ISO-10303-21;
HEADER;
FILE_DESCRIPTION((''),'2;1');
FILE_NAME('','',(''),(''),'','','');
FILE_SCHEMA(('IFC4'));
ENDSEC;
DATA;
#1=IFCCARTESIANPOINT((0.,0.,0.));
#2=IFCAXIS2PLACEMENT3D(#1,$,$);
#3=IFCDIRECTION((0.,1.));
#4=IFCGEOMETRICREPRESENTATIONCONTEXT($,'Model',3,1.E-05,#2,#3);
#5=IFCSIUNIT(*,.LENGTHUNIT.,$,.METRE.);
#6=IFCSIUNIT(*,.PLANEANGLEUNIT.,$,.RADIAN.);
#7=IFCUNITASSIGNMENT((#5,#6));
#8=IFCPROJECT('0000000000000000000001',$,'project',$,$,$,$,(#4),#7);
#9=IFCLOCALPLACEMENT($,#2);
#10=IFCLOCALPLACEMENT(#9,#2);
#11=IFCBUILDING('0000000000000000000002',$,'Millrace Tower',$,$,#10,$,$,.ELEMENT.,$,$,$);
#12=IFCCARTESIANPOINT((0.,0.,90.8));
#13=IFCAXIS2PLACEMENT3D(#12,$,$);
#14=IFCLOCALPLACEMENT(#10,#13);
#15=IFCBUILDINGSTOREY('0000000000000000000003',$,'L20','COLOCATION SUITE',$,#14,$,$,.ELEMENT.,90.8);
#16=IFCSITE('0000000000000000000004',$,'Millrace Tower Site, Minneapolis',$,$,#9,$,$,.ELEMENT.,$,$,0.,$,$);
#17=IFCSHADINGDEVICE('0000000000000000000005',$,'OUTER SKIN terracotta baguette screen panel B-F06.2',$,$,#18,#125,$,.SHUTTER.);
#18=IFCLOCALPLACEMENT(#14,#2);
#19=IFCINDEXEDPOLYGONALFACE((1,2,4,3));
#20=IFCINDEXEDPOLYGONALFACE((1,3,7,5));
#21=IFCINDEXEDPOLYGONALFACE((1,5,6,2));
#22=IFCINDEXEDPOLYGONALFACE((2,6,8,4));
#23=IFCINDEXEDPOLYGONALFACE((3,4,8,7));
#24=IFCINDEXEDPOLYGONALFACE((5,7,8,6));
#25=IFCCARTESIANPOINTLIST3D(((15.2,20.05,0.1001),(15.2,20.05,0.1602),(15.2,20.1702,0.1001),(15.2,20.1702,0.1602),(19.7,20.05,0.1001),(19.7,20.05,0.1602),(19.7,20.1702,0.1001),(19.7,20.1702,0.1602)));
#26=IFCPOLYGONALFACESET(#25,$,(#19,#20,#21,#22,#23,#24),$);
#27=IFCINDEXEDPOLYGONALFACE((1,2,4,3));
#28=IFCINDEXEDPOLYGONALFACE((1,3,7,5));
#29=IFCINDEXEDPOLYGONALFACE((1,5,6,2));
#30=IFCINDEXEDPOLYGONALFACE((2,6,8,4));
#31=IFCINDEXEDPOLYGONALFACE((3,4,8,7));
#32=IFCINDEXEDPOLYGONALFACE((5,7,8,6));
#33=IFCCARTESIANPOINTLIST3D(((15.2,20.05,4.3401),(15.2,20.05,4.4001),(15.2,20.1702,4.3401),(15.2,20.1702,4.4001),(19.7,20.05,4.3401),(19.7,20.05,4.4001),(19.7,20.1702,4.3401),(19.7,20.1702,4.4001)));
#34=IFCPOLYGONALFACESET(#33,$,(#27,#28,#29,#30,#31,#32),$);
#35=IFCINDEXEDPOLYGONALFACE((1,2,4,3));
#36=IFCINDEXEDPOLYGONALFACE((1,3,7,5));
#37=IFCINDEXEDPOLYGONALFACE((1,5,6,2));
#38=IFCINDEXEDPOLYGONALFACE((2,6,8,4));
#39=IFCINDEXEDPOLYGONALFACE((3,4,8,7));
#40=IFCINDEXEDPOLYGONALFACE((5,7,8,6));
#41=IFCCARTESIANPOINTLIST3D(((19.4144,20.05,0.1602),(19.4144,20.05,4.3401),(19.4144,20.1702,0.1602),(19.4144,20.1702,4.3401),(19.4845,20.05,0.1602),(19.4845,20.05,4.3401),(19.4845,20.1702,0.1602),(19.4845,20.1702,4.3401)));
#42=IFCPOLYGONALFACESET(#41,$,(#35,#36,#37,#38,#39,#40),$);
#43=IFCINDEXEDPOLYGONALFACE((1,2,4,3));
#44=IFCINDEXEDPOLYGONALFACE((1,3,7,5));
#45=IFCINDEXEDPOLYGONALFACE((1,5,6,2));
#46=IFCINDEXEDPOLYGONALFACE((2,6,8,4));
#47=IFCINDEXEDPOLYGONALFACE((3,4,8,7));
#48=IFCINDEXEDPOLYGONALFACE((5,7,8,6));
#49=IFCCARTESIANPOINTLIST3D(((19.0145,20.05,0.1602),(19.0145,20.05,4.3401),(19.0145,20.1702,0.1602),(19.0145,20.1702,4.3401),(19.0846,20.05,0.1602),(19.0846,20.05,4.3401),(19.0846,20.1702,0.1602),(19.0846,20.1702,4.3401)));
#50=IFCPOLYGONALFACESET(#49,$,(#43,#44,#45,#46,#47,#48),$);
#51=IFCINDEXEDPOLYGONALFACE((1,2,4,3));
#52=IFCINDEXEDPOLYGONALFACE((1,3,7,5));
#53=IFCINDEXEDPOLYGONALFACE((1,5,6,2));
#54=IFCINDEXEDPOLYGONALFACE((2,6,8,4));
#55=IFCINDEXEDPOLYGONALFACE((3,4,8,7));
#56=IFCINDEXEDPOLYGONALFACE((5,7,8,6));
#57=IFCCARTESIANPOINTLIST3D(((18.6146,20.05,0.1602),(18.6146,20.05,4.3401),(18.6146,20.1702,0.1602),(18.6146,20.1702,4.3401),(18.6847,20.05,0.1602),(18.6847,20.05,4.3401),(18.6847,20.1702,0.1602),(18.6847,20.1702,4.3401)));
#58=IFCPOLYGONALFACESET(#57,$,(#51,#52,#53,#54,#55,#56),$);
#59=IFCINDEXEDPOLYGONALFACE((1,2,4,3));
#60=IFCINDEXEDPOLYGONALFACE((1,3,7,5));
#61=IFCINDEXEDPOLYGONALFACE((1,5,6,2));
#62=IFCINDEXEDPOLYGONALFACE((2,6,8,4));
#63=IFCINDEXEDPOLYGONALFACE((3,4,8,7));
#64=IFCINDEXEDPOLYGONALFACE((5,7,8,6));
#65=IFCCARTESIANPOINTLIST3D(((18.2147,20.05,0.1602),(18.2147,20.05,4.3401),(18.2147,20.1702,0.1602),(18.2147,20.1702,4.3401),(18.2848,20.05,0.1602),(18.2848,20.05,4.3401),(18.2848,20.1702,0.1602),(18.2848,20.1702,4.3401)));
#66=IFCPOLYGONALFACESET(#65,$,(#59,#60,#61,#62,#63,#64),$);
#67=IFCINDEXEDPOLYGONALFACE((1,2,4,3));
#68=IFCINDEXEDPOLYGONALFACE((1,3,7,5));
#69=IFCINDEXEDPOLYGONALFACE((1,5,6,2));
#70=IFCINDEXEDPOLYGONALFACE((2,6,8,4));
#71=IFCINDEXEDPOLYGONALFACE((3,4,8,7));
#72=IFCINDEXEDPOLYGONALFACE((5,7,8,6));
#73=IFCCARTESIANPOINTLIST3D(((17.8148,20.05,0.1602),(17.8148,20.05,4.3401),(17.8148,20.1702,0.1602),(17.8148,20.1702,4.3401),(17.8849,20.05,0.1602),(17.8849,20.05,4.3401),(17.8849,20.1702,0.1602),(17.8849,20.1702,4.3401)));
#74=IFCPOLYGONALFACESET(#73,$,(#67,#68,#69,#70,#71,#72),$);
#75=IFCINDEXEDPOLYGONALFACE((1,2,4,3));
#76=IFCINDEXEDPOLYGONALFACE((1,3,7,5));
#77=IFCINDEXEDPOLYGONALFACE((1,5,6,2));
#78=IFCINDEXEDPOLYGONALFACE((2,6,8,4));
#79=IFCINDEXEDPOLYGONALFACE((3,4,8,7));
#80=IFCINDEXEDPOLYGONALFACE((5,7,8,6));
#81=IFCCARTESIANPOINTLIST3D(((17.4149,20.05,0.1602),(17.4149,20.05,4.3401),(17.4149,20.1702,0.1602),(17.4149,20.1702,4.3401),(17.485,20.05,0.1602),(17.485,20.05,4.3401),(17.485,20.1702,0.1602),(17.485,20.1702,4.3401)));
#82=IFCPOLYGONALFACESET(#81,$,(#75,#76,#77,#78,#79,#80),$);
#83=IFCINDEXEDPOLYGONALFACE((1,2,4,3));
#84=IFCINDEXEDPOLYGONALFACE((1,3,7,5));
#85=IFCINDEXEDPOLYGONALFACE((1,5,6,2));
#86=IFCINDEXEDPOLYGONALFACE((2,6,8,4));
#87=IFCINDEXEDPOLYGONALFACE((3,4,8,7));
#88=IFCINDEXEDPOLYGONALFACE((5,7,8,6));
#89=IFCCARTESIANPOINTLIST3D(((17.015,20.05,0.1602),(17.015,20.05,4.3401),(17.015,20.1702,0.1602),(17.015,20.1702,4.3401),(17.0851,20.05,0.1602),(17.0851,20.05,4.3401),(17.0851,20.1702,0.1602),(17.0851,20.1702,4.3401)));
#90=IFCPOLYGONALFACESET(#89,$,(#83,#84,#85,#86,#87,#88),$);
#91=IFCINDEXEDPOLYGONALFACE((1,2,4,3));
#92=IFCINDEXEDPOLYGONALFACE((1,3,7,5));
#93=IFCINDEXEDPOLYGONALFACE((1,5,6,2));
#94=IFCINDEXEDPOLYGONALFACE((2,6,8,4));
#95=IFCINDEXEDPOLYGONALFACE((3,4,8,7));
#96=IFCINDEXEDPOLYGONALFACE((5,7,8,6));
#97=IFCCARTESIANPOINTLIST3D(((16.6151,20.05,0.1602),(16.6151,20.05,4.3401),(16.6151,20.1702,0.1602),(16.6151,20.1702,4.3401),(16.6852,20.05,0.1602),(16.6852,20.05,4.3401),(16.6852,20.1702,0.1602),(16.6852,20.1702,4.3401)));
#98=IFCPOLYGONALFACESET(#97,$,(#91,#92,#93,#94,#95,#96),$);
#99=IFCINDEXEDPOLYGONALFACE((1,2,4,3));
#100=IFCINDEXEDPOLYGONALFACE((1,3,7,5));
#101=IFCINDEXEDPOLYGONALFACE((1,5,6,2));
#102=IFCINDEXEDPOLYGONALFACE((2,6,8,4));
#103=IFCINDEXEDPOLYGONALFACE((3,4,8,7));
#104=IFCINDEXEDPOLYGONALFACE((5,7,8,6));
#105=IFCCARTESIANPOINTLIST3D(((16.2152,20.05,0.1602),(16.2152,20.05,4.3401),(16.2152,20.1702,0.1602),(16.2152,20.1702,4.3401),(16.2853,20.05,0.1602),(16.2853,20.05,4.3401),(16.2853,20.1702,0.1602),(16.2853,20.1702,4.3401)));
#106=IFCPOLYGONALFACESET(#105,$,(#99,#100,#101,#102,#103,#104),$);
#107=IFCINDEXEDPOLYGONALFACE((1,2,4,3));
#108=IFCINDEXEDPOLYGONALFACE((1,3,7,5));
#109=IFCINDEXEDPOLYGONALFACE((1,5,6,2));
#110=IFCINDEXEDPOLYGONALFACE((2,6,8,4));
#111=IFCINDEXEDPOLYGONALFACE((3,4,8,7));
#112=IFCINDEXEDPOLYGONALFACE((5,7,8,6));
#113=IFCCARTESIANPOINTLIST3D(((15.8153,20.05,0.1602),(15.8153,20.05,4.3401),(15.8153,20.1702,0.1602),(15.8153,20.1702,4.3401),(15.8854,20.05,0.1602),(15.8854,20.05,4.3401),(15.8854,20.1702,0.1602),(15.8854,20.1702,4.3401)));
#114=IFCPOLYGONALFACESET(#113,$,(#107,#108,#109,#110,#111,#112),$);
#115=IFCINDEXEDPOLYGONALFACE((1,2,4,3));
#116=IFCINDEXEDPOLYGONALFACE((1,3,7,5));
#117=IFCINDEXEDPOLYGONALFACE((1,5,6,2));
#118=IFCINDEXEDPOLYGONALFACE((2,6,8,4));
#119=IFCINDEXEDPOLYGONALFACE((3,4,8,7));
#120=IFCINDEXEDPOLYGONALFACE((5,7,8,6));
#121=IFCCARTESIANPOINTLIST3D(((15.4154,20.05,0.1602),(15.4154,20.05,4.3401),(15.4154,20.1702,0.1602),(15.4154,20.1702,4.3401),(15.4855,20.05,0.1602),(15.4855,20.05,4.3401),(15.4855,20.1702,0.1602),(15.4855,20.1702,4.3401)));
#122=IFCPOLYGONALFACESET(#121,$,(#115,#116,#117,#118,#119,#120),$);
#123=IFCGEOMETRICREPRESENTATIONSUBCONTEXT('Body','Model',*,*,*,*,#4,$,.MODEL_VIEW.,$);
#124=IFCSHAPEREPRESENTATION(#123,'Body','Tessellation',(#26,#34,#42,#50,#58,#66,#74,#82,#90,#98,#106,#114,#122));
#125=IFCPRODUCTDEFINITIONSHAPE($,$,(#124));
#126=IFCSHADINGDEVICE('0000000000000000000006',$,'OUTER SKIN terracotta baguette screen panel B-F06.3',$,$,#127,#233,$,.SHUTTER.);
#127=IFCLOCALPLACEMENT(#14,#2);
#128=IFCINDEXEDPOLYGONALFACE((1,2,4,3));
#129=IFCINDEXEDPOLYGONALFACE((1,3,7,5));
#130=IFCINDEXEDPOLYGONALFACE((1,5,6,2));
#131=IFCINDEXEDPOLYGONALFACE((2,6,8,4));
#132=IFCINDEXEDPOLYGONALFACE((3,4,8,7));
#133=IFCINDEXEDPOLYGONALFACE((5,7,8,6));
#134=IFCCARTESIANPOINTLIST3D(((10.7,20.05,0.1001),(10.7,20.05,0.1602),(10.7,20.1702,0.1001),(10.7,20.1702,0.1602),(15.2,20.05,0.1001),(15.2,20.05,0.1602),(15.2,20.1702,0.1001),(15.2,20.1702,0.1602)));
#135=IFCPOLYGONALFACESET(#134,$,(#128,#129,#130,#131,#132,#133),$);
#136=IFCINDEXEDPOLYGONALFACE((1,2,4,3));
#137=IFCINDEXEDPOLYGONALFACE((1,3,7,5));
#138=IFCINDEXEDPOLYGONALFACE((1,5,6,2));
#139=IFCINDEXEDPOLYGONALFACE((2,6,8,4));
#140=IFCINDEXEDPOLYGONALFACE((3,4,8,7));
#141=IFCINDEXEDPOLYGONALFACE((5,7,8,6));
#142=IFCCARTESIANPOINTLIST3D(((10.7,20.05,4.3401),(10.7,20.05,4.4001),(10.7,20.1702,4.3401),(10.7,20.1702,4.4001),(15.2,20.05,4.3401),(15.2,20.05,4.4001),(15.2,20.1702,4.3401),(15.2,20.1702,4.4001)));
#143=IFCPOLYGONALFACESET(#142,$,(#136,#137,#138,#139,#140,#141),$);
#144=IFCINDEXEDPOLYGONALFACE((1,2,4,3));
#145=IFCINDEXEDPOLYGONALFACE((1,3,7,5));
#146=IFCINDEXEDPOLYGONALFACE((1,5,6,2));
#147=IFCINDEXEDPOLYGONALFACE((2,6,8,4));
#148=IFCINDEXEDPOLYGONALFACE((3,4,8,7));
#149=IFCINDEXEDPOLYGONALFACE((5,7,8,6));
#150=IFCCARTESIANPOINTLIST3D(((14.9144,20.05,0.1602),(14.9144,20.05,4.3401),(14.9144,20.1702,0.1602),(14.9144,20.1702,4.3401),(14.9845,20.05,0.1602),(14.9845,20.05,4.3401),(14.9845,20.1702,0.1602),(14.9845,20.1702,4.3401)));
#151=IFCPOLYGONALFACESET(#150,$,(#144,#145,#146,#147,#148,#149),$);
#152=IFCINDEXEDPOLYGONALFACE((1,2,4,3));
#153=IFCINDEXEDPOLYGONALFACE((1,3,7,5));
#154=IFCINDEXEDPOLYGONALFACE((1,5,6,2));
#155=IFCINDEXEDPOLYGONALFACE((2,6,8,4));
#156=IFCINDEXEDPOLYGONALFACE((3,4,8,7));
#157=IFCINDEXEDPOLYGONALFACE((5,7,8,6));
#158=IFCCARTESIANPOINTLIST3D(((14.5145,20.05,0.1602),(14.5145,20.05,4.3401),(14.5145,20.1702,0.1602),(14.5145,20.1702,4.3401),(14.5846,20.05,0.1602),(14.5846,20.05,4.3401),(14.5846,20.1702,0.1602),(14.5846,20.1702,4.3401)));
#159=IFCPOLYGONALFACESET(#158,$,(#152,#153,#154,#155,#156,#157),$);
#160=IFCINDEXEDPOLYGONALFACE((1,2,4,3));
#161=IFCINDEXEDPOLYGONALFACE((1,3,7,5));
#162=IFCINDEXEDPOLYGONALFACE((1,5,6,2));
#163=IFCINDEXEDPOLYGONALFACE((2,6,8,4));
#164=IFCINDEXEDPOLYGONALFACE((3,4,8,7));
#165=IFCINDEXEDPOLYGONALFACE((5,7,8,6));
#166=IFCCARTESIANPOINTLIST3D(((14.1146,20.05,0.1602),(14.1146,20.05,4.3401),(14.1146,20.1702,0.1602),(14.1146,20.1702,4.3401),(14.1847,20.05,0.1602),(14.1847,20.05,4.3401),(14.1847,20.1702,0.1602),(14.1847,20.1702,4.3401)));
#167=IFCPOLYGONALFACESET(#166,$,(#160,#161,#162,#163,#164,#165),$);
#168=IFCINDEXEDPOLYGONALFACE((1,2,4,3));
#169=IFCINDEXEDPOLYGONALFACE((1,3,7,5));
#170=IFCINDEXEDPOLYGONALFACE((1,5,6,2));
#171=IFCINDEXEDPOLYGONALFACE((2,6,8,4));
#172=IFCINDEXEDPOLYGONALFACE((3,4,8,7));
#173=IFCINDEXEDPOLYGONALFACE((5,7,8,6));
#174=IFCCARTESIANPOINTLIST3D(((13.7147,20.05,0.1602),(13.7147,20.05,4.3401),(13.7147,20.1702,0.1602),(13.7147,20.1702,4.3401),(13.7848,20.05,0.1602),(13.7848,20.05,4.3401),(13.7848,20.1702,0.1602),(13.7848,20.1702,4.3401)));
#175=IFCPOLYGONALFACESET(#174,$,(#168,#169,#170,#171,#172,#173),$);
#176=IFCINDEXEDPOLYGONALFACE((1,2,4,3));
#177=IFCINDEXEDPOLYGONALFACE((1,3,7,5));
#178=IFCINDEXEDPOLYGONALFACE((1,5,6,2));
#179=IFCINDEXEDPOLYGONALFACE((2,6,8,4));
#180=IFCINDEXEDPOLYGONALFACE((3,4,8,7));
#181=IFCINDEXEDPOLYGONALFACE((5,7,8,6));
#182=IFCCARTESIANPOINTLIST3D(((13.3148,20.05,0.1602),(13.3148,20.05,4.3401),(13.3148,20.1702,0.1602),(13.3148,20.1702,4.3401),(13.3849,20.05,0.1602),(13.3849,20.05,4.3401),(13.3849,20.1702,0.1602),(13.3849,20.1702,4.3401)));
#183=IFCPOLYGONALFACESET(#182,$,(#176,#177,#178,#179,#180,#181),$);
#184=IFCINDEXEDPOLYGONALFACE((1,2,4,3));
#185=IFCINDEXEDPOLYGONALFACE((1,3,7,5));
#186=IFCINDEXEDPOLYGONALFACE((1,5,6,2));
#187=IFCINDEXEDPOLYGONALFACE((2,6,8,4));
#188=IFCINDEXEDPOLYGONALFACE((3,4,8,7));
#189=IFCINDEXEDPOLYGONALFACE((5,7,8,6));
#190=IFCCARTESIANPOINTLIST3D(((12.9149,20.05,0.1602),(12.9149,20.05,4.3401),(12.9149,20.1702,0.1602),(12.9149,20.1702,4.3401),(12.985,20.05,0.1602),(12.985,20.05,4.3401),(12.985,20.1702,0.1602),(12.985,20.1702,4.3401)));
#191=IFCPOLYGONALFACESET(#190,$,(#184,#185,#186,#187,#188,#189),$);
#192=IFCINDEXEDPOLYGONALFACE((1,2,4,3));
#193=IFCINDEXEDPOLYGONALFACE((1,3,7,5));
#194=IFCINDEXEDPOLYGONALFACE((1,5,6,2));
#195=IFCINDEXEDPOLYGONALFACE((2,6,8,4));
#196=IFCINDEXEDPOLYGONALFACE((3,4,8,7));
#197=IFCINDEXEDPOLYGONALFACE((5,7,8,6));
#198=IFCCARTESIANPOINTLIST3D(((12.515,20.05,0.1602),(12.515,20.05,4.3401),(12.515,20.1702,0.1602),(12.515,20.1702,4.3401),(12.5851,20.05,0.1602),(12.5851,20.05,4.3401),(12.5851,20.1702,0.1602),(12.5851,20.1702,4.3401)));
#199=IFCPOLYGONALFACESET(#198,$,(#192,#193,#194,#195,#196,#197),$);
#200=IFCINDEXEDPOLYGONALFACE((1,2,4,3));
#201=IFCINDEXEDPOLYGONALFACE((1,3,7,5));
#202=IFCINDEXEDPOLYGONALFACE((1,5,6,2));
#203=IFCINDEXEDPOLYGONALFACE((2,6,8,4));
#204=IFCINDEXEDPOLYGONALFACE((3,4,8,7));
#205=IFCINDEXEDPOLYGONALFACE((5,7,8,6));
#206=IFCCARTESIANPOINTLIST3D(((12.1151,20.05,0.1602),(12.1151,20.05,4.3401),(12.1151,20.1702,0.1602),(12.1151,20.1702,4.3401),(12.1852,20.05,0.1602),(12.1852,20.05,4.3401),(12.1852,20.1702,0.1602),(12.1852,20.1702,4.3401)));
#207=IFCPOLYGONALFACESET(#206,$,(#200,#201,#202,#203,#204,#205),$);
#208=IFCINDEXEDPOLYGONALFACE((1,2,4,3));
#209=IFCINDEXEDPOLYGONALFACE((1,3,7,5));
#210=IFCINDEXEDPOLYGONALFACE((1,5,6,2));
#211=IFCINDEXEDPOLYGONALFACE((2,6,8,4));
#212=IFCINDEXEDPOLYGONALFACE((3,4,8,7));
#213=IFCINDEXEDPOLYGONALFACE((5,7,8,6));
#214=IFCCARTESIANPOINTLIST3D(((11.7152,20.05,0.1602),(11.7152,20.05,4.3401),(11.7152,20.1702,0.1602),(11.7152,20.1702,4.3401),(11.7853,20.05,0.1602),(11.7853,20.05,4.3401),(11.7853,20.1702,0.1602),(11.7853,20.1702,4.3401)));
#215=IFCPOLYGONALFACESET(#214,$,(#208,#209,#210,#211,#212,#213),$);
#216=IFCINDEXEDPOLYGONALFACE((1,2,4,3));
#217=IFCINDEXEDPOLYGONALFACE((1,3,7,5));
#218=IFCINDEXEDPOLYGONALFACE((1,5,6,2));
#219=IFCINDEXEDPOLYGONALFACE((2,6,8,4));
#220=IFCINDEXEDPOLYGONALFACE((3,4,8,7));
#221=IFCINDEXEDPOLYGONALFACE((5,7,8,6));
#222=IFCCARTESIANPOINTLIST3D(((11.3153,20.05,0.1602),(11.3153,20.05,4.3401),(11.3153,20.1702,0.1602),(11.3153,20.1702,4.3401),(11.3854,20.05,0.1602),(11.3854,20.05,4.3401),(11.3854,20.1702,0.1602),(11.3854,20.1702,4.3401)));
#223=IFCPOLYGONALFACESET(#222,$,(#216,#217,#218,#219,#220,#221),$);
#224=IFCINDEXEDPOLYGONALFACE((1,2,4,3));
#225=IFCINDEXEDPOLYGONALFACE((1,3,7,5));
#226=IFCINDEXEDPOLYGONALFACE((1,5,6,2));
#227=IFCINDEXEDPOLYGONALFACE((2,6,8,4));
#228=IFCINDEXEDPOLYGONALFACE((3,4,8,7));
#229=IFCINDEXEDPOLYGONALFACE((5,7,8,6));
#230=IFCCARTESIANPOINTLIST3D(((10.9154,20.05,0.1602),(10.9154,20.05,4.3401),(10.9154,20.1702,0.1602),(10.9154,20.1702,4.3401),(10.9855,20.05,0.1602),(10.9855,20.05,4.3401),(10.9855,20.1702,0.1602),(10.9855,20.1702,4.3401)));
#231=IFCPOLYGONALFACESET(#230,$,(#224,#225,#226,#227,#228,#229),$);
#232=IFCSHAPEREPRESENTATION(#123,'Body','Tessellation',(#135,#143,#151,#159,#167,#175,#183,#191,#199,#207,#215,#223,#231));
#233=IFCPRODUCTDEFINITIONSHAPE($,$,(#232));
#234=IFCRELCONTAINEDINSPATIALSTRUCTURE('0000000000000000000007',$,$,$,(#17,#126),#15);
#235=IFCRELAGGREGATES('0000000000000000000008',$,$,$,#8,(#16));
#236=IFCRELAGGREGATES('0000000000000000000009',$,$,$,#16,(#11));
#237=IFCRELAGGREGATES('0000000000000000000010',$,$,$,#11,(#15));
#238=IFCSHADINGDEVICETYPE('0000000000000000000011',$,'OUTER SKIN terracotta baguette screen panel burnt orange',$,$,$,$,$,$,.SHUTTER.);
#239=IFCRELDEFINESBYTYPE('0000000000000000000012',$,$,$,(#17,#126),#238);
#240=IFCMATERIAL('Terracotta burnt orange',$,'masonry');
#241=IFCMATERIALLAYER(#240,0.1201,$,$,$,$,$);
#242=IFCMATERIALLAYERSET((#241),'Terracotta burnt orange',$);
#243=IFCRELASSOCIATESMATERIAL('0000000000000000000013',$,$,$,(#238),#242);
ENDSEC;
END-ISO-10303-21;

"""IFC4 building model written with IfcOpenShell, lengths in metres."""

from ifc_helpers import new_model, entity, si_unit, direction, frame, frame_2d, origin, origin_2d, place, context, subcontext, project, spatial, rectangle, extrude, source, transform, mapped, material, layer, layer_set, type_object, element, save


model = new_model("IFC4")

# Units and contexts
model_context = context("Model", 3, precision=1e-05, world=origin(), true_north=direction((0.0, 1.0)))
body_context = subcontext(model_context, "Body", "Model", "MODEL_VIEW")
ifc_project = project(units=[si_unit("LENGTHUNIT", "METRE"), si_unit("PLANEANGLEUNIT", "RADIAN")], contexts=[model_context])

# Site, building, storey
site_placement = place(None, origin())
site = spatial("IfcSite", under=ifc_project, at=site_placement, Name="Millrace Tower Site, Minneapolis", CompositionType="ELEMENT", RefElevation=0.0)
building_placement = place(site_placement, origin())
building = spatial("IfcBuilding", under=site, at=building_placement, Name="Millrace Tower", CompositionType="ELEMENT")
storey_placement = place(building_placement, frame((0.0, 0.0, 90.8)))
storey = spatial("IfcBuildingStorey", under=building, at=storey_placement, Name="L20", Description="COLOCATION SUITE", CompositionType="ELEMENT", Elevation=90.8)

# Shading devices
ifc_material_1 = material(Name="Terracotta burnt orange", Category="masonry")
ifc_layer_1 = layer(ifc_material_1, 0.1201)
ifc_layer_set_1 = layer_set([ifc_layer_1], Name="Terracotta burnt orange")
shading_device_type = type_object("IfcShadingDeviceType", Name="OUTER SKIN terracotta baguette screen panel burnt orange", PredefinedType="SHUTTER", material=ifc_layer_set_1)
cartesian_point_1 = entity("IfcCartesianPoint", [-2.25, 0.0601])
shared_polyline_1 = entity("IfcPolyline", [cartesian_point_1, entity("IfcCartesianPoint", [2.25, 0.0601]), entity("IfcCartesianPoint", [2.25, -0.0601]), entity("IfcCartesianPoint", [-2.25, -0.0601]), cartesian_point_1])
shared_shape_1 = source(origin(), body_context, "Body", "SweptSolid", [
    entity("IfcExtrudedAreaSolid", entity("IfcArbitraryClosedProfileDef", "AREA", None, shared_polyline_1), entity("IfcAxis2Placement3D", entity("IfcCartesianPoint", [0.0, 0.0, 0.0])), entity("IfcDirection", [0.0, 0.0, 1.0]), 0.0601),
    entity("IfcExtrudedAreaSolid", entity("IfcArbitraryClosedProfileDef", "AREA", None, shared_polyline_1), entity("IfcAxis2Placement3D", entity("IfcCartesianPoint", [0.0, 0.0, 4.24])), entity("IfcDirection", [0.0, 0.0, 1.0]), 0.0601),
    extrude(rectangle(XDim=0.0701, YDim=0.1201, at=frame_2d((-1.9995, 0.0))), frame((0.0, 0.0, 0.0601)), (0.0, 0.0, 1.0), 4.1799),
    extrude(rectangle(XDim=0.0701, YDim=0.1201, at=frame_2d((-1.5996, 0.0))), frame((0.0, 0.0, 0.0601)), (0.0, 0.0, 1.0), 4.1799),
    extrude(rectangle(XDim=0.0701, YDim=0.1201, at=frame_2d((-1.1997, 0.0))), frame((0.0, 0.0, 0.0601)), (0.0, 0.0, 1.0), 4.1799),
    extrude(rectangle(XDim=0.0701, YDim=0.1201, at=frame_2d((-0.7998, 0.0))), frame((0.0, 0.0, 0.0601)), (0.0, 0.0, 1.0), 4.1799),
    extrude(rectangle(XDim=0.0701, YDim=0.1201, at=frame_2d((-0.3999, 0.0))), frame((0.0, 0.0, 0.0601)), (0.0, 0.0, 1.0), 4.1799),
    extrude(rectangle(XDim=0.0701, YDim=0.1201, at=origin_2d()), frame((0.0, 0.0, 0.0601)), (0.0, 0.0, 1.0), 4.1799),
    extrude(rectangle(XDim=0.0701, YDim=0.1201, at=frame_2d((0.3999, 0.0))), frame((0.0, 0.0, 0.0601)), (0.0, 0.0, 1.0), 4.1799),
    extrude(rectangle(XDim=0.0701, YDim=0.1201, at=frame_2d((0.7998, 0.0))), frame((0.0, 0.0, 0.0601)), (0.0, 0.0, 1.0), 4.1799),
    extrude(rectangle(XDim=0.0701, YDim=0.1201, at=frame_2d((1.1997, 0.0))), frame((0.0, 0.0, 0.0601)), (0.0, 0.0, 1.0), 4.1799),
    extrude(rectangle(XDim=0.0701, YDim=0.1201, at=frame_2d((1.5996, 0.0))), frame((0.0, 0.0, 0.0601)), (0.0, 0.0, 1.0), 4.1799),
    extrude(rectangle(XDim=0.0701, YDim=0.1201, at=frame_2d((1.9995, 0.0))), frame((0.0, 0.0, 0.0601)), (0.0, 0.0, 1.0), 4.1799),
])
for number, where, z_axis, x_axis, name in (
    (1, (17.45, 20.1101, 0.1001), (0.0, 0.0, 1.0), (-1.0, 0.0, 0.0), "OUTER SKIN terracotta baguette screen panel B-F06.2"),
    (2, (12.95, 20.1101, 0.1001), (0.0, 0.0, 1.0), (-1.0, 0.0, 0.0), "OUTER SKIN terracotta baguette screen panel B-F06.3"),
):
    element("IfcShadingDevice", number, at=place(storey_placement, frame(where, z_axis=z_axis, x_axis=x_axis)), inside=storey, type_object=shading_device_type, Name=name, PredefinedType="SHUTTER", context=body_context, shape_type="MappedRepresentation", body=[
        mapped(shared_shape_1, transform((0.0, 0.0, 0.0), scale=1.0)),
    ])

save(model, "model.ifc")
